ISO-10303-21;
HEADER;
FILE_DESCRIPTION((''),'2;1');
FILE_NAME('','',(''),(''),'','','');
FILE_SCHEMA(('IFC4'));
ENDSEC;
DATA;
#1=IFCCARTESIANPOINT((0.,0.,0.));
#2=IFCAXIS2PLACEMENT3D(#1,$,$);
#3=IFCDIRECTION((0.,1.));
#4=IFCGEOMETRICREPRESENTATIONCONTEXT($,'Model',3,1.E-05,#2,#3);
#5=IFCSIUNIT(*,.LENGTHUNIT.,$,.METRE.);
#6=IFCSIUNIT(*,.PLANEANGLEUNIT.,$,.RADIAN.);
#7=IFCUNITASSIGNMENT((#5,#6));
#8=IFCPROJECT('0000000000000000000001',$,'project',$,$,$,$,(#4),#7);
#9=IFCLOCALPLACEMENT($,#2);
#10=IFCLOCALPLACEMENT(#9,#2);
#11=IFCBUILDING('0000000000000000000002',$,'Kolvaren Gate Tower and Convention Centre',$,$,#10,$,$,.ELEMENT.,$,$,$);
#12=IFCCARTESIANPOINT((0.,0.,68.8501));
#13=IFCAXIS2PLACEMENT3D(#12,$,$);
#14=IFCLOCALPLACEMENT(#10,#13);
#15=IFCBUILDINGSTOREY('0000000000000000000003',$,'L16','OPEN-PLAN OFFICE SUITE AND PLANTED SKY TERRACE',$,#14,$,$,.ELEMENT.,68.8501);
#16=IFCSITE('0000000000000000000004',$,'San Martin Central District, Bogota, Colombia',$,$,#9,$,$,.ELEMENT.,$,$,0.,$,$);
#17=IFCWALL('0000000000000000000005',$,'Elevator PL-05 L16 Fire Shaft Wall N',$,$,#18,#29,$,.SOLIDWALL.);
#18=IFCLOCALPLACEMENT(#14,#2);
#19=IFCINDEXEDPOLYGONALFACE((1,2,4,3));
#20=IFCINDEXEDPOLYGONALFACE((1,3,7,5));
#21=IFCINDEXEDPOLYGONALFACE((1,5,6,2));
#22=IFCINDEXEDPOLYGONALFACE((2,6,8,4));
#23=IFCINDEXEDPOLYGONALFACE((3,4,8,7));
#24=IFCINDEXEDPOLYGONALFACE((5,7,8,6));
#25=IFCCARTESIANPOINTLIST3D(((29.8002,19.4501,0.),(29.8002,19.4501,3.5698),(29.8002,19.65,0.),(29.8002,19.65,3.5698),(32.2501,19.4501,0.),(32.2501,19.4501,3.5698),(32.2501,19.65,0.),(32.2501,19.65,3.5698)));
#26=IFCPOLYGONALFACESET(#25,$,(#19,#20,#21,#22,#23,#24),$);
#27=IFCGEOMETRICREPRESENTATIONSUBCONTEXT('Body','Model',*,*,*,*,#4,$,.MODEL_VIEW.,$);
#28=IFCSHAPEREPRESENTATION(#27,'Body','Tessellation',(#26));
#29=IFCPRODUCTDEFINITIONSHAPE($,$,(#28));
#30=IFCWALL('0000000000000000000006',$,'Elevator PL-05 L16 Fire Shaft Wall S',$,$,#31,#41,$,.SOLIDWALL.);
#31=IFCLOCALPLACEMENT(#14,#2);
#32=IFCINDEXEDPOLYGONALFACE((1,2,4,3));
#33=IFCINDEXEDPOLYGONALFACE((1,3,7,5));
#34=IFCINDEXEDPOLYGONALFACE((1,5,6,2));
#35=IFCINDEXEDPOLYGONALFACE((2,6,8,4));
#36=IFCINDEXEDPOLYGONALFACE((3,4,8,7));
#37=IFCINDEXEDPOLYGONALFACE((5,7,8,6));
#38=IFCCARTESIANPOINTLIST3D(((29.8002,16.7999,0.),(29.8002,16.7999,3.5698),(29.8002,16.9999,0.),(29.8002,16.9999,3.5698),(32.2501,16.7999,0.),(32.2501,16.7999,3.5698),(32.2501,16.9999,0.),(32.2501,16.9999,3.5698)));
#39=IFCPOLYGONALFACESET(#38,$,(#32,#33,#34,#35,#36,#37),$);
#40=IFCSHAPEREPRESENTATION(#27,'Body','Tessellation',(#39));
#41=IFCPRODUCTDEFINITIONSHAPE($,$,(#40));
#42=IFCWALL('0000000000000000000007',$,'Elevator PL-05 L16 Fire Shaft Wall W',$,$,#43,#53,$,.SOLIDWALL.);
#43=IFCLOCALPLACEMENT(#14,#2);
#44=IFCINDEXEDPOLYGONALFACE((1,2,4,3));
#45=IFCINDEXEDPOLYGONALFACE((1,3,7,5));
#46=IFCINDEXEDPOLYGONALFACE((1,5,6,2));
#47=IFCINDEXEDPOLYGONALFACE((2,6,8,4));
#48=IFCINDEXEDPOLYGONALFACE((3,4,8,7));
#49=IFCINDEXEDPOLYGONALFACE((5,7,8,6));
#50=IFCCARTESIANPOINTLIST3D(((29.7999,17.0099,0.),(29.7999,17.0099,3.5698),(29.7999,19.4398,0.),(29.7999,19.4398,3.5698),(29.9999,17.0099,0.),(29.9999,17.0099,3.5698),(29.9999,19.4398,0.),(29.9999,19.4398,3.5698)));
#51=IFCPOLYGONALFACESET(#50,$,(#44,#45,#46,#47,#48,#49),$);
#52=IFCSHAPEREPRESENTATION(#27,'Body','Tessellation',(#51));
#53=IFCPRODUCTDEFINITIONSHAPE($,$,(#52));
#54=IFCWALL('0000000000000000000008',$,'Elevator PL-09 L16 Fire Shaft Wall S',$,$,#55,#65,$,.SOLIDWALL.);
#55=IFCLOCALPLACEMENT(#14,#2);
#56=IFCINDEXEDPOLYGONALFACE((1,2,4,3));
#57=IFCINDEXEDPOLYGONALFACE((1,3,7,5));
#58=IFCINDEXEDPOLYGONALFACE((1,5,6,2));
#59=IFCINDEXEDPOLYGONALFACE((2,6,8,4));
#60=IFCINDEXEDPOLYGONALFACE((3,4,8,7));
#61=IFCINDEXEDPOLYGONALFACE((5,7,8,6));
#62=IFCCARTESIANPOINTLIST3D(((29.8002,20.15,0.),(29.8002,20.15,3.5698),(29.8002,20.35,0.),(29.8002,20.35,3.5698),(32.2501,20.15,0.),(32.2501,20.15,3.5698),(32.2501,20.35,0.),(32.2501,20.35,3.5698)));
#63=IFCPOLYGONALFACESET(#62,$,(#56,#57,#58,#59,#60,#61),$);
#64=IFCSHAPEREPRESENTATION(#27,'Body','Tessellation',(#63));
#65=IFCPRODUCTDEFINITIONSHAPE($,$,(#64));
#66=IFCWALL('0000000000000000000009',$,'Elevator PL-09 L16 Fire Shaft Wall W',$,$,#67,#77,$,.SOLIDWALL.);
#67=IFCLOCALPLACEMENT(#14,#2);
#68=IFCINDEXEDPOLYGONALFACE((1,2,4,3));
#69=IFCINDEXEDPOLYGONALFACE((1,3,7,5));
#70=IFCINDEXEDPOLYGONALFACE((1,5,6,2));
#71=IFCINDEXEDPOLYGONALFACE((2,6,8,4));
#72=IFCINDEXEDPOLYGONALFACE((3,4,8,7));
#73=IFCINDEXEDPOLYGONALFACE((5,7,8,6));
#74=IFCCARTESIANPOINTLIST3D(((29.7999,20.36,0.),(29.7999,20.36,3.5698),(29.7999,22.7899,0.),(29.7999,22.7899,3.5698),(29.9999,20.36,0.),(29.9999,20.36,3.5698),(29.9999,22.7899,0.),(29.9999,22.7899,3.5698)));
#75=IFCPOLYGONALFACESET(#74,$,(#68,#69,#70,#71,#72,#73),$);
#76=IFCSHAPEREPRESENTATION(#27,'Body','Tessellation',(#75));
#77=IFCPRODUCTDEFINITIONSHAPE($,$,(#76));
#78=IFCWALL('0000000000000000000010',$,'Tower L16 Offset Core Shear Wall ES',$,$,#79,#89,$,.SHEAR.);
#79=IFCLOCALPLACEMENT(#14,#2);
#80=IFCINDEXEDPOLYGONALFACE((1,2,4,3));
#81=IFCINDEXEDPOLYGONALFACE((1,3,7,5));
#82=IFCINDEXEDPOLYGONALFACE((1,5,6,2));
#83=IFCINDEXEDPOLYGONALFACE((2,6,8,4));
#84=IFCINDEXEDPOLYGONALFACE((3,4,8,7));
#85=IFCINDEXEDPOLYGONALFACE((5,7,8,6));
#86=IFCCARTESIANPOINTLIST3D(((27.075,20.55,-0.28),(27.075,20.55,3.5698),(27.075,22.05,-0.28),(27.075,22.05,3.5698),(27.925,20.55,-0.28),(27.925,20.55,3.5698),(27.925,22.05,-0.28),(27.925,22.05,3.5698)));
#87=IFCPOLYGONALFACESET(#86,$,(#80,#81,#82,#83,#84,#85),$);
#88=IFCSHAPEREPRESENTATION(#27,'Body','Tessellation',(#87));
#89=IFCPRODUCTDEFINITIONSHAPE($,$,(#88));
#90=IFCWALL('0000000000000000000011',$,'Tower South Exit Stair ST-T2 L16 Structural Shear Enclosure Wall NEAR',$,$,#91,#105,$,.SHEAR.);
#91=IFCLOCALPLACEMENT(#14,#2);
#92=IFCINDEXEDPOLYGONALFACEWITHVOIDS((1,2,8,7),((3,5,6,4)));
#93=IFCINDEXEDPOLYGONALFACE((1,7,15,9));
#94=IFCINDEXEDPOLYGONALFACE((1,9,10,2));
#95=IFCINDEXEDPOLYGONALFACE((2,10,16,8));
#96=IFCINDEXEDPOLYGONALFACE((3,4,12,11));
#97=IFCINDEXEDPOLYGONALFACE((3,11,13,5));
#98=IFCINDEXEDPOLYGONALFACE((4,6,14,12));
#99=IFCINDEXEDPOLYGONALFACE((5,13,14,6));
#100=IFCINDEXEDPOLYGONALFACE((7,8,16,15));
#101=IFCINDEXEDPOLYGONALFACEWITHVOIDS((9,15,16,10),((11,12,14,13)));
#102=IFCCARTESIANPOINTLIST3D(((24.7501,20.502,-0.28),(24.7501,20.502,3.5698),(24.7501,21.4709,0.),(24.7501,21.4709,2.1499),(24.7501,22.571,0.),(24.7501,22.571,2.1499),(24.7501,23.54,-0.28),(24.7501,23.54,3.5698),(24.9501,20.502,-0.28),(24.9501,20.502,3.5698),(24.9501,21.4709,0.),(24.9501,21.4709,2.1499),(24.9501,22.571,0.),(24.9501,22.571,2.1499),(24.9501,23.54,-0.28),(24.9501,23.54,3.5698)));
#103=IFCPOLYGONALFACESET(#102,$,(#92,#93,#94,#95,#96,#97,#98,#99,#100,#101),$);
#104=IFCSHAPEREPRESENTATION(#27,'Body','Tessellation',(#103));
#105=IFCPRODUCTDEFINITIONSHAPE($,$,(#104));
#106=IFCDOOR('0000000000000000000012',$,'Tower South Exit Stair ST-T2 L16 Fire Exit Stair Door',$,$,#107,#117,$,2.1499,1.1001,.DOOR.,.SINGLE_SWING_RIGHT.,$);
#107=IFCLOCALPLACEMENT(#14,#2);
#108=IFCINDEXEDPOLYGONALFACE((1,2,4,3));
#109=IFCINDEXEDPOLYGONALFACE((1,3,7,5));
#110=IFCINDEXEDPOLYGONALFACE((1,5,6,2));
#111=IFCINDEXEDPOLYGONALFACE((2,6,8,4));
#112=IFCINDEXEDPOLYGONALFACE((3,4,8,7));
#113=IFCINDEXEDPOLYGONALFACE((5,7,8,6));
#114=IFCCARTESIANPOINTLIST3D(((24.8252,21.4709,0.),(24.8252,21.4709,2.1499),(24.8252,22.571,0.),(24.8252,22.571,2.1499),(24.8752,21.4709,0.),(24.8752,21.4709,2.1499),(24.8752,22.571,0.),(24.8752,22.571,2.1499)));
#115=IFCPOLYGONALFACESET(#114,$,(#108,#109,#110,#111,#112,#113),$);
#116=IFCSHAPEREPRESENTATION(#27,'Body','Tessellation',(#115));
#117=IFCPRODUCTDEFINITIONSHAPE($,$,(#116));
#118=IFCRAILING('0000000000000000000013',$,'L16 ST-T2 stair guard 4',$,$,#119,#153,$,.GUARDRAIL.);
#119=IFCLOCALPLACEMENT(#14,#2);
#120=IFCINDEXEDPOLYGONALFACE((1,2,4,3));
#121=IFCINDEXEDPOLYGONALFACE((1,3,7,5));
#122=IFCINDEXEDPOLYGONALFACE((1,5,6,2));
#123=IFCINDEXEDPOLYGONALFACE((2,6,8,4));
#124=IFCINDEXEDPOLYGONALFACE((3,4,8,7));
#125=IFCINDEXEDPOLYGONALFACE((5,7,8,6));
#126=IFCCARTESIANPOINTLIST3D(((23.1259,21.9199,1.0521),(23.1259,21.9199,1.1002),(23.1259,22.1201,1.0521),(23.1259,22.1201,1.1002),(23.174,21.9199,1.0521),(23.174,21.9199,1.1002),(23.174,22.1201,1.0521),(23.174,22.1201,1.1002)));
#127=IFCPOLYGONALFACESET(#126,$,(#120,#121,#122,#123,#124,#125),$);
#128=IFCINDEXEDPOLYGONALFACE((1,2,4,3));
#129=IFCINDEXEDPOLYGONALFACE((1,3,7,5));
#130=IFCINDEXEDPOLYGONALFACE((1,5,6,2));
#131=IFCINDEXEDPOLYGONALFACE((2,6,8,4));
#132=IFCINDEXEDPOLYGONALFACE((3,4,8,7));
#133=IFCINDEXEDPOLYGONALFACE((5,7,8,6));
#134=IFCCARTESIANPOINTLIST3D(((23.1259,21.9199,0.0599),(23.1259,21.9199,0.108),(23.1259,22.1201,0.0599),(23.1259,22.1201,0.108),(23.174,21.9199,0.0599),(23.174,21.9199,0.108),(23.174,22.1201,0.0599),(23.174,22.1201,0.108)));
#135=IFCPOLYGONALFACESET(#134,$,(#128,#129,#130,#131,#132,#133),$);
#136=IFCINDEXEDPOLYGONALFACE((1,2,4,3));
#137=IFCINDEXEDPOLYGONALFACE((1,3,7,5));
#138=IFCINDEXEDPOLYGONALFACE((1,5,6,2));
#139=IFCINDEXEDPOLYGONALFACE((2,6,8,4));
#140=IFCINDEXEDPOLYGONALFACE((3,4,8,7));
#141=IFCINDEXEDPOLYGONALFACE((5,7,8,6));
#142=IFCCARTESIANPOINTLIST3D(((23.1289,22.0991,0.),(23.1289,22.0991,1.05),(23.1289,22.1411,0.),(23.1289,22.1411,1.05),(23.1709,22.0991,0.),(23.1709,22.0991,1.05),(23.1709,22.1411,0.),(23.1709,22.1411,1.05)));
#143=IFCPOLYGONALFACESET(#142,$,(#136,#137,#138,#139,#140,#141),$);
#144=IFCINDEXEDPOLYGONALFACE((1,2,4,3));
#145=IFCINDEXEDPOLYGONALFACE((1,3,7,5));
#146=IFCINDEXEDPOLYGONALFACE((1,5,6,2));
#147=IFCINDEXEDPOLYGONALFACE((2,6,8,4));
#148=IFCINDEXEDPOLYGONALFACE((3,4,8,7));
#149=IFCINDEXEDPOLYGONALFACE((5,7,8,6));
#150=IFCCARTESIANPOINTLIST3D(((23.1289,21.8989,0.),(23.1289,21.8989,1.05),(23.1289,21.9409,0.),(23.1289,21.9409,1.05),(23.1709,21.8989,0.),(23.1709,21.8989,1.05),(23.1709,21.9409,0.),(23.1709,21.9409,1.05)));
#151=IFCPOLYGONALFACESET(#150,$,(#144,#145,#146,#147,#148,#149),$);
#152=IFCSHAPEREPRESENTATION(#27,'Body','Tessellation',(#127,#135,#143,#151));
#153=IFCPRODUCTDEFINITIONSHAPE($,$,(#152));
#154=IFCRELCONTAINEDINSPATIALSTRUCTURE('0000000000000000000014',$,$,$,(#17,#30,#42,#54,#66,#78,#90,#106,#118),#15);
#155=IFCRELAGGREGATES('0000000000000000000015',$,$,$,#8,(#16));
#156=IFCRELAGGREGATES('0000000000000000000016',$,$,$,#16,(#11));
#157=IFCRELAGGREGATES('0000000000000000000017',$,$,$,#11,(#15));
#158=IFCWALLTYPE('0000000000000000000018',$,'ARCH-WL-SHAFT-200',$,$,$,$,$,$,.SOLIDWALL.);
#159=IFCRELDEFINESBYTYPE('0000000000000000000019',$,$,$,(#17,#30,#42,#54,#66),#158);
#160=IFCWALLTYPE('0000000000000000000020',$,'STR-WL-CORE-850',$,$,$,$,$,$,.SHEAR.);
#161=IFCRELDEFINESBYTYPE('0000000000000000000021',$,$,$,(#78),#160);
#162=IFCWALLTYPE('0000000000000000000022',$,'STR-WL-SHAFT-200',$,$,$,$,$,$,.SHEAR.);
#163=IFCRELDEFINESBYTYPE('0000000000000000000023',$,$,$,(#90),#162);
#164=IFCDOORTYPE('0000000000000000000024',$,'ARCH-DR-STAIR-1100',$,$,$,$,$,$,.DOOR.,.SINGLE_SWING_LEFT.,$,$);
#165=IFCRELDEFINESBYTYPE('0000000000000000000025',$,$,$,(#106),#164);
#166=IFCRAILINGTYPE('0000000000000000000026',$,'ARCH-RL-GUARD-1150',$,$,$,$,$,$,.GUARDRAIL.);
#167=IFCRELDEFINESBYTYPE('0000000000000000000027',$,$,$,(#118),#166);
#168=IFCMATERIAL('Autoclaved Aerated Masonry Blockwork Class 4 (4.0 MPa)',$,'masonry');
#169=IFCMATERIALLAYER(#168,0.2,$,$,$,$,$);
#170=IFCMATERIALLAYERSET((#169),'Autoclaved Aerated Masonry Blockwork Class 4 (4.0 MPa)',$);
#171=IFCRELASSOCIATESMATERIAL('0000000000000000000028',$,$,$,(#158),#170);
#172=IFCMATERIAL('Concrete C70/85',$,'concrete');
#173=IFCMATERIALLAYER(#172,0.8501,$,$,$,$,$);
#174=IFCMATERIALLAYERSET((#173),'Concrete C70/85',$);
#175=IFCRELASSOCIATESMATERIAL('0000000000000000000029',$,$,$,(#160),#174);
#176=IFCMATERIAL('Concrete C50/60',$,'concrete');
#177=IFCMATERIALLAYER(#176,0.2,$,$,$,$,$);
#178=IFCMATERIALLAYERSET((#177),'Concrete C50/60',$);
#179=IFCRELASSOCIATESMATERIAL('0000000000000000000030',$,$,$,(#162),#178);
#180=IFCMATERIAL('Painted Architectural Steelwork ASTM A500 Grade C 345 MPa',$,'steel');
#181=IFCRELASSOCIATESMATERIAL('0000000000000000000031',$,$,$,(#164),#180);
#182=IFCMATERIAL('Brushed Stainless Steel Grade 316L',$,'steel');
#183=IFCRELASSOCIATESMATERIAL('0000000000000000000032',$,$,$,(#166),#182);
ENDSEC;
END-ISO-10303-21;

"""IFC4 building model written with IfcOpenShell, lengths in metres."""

from ifc_helpers import new_model, si_unit, direction, frame, frame_2d, origin, origin_2d, place, context, subcontext, project, spatial, rectangle, extrude, material, layer, layer_set, type_object, element, fill, save


model = new_model("IFC4")

# Units and contexts
model_context = context("Model", 3, precision=1e-05, world=origin(), true_north=direction((0.0, 1.0)))
body_context = subcontext(model_context, "Body", "Model", "MODEL_VIEW")
ifc_project = project(units=[si_unit("LENGTHUNIT", "METRE"), si_unit("PLANEANGLEUNIT", "RADIAN")], contexts=[model_context])

# Site, building, storey
site_placement = place(None, origin())
site = spatial("IfcSite", under=ifc_project, at=site_placement, Name="San Martin Central District, Bogota, Colombia", CompositionType="ELEMENT", RefElevation=0.0)
building_placement = place(site_placement, origin())
building = spatial("IfcBuilding", under=site, at=building_placement, Name="Kolvaren Gate Tower and Convention Centre", CompositionType="ELEMENT")
storey_placement = place(building_placement, frame((0.0, 0.0, 68.8501)))
storey = spatial("IfcBuildingStorey", under=building, at=storey_placement, Name="L16", Description="OPEN-PLAN OFFICE SUITE AND PLANTED SKY TERRACE", CompositionType="ELEMENT", Elevation=68.8501)

# Shared definitions
ifc_material_1 = material(Name="Autoclaved Aerated Masonry Blockwork Class 4 (4.0 MPa)", Category="masonry")
ifc_material_2 = material(Name="Painted Architectural Steelwork ASTM A500 Grade C 345 MPa", Category="steel")

# Walls
ifc_layer_1 = layer(ifc_material_1, 0.2)
ifc_layer_set_1 = layer_set([ifc_layer_1], Name="Autoclaved Aerated Masonry Blockwork Class 4 (4.0 MPa)")
wall_type_1 = type_object("IfcWallType", Name="ARCH-WL-SHAFT-200", PredefinedType="SOLIDWALL", material=ifc_layer_set_1)
for number, where, z_axis, x_axis, name in (
    (1, (29.8, 19.55, 0.0), (0.0, 0.0, 1.0), (1.0, 0.0, 0.0), "Elevator PL-05 L16 Fire Shaft Wall N"),
    (2, (29.8, 16.8999, 0.0), (0.0, 0.0, 1.0), (1.0, 0.0, 0.0), "Elevator PL-05 L16 Fire Shaft Wall S"),
):
    element("IfcWall", number, at=place(storey_placement, frame(where, z_axis=z_axis, x_axis=x_axis)), inside=storey, type_object=wall_type_1, Name=name, PredefinedType="SOLIDWALL", context=body_context, shape_type="SweptSolid", body=[
        extrude(rectangle(XDim=2.45, YDim=0.2, at=frame_2d((1.2251, 0.0))), origin(), (0.0, 0.0, 1.0), 3.5698),
    ])
wall_1_placement = place(storey_placement, frame((29.8999, 17.01, 0.0), z_axis=(0.0, 0.0, 1.0), x_axis=(0.0, 1.0, 0.0)))
element("IfcWall", 3, at=wall_1_placement, inside=storey, type_object=wall_type_1, Name="Elevator PL-05 L16 Fire Shaft Wall W", PredefinedType="SOLIDWALL", context=body_context, shape_type="SweptSolid", body=[
    extrude(rectangle(XDim=2.4299, YDim=0.2, at=frame_2d((1.2148, 0.0))), origin(), (0.0, 0.0, 1.0), 3.5698),
])
wall_2_placement = place(storey_placement, frame((29.8, 20.25, 0.0), z_axis=(0.0, 0.0, 1.0), x_axis=(1.0, 0.0, 0.0)))
element("IfcWall", 4, at=wall_2_placement, inside=storey, type_object=wall_type_1, Name="Elevator PL-09 L16 Fire Shaft Wall S", PredefinedType="SOLIDWALL", context=body_context, shape_type="SweptSolid", body=[
    extrude(rectangle(XDim=2.45, YDim=0.2, at=frame_2d((1.2251, 0.0))), origin(), (0.0, 0.0, 1.0), 3.5698),
])
wall_3_placement = place(storey_placement, frame((29.8999, 20.3601, 0.0), z_axis=(0.0, 0.0, 1.0), x_axis=(0.0, 1.0, 0.0)))
element("IfcWall", 5, at=wall_3_placement, inside=storey, type_object=wall_type_1, Name="Elevator PL-09 L16 Fire Shaft Wall W", PredefinedType="SOLIDWALL", context=body_context, shape_type="SweptSolid", body=[
    extrude(rectangle(XDim=2.4299, YDim=0.2, at=frame_2d((1.2148, 0.0))), origin(), (0.0, 0.0, 1.0), 3.5698),
])
ifc_material_3 = material(Name="Concrete C70/85", Category="concrete")
ifc_layer_2 = layer(ifc_material_3, 0.8501)
ifc_layer_set_2 = layer_set([ifc_layer_2], Name="Concrete C70/85")
wall_type_2 = type_object("IfcWallType", Name="STR-WL-CORE-850", PredefinedType="SHEAR", material=ifc_layer_set_2)
wall_4_placement = place(storey_placement, frame((27.5, 20.55, -0.28), z_axis=(0.0, 0.0, 1.0), x_axis=(0.0, 1.0, 0.0)))
element("IfcWall", 6, at=wall_4_placement, inside=storey, type_object=wall_type_2, Name="Tower L16 Offset Core Shear Wall ES", PredefinedType="SHEAR", context=body_context, shape_type="SweptSolid", body=[
    extrude(rectangle(XDim=1.5, YDim=0.8501, at=frame_2d((0.75, 0.0))), origin(), (0.0, 0.0, 1.0), 3.8499),
])

# Wall, opening, door
ifc_material_4 = material(Name="Concrete C50/60", Category="concrete")
ifc_layer_3 = layer(ifc_material_4, 0.2)
ifc_layer_set_3 = layer_set([ifc_layer_3], Name="Concrete C50/60")
wall_type_3 = type_object("IfcWallType", Name="STR-WL-SHAFT-200", PredefinedType="SHEAR", material=ifc_layer_set_3)
wall_5_placement = place(storey_placement, frame((24.8501, 20.502, -0.28), z_axis=(0.0, 0.0, 1.0), x_axis=(0.0, 1.0, 0.0)))
wall_5 = element("IfcWall", 7, at=wall_5_placement, inside=storey, type_object=wall_type_3, Name="Tower South Exit Stair ST-T2 L16 Structural Shear Enclosure Wall NEAR", PredefinedType="SHEAR", context=body_context, shape_type="SweptSolid", body=[
    extrude(rectangle(XDim=3.0381, YDim=0.2, at=frame_2d((1.519, 0.0))), origin(), (0.0, 0.0, 1.0), 3.8499),
])
opening_1_placement = place(wall_5_placement, frame((0.969, 0.0, 0.28)))
opening_1 = element("IfcOpeningElement", 8, at=opening_1_placement, cuts=wall_5, PredefinedType="OPENING", context=body_context, shape_type="SweptSolid", body=[
    extrude(rectangle(XDim=1.1001, YDim=2.1499, at=frame_2d((0.55, 1.075))), frame((0.0, 0.1099, 0.0), z_axis=(0.0, -1.0, 0.0), x_axis=(1.0, 0.0, 0.0)), (0.0, 0.0, 1.0), 0.22),
])
door_type_1 = type_object("IfcDoorType", Name="ARCH-DR-STAIR-1100", OperationType="SINGLE_SWING_LEFT", PredefinedType="DOOR", material=ifc_material_2)
door_1_placement = place(opening_1_placement, origin())
door_1 = element("IfcDoor", 9, at=door_1_placement, inside=storey, type_object=door_type_1, Name="Tower South Exit Stair ST-T2 L16 Fire Exit Stair Door", OperationType="SINGLE_SWING_RIGHT", OverallHeight=2.1499, OverallWidth=1.1001, PredefinedType="DOOR", context=body_context, shape_type="SweptSolid", body=[
    extrude(rectangle(XDim=1.1001, YDim=2.1499, at=frame_2d((0.55, 1.075))), frame((0.0, 0.0249, 0.0), z_axis=(0.0, -1.0, 0.0), x_axis=(1.0, 0.0, 0.0)), (0.0, 0.0, 1.0), 0.05),
])
fill(opening_1, door_1)

# Railing
ifc_material_5 = material(Name="Brushed Stainless Steel Grade 316L", Category="steel")
railing_type = type_object("IfcRailingType", Name="ARCH-RL-GUARD-1150", PredefinedType="GUARDRAIL", material=ifc_material_5)
railing_placement = place(storey_placement, frame((23.1499, 22.1201, 0.0)))
element("IfcRailing", 10, at=railing_placement, inside=storey, type_object=railing_type, Name="L16 ST-T2 stair guard 4", PredefinedType="GUARDRAIL", context=body_context, shape_type="SweptSolid", body=[
    extrude(rectangle(XDim=0.0481, YDim=0.0481, at=origin_2d()), frame((0.0, 0.0, 1.0762), z_axis=(0.0, -1.0, 0.0), x_axis=(1.0, 0.0, 0.0)), (0.0, 0.0, 1.0), 0.2002),
    extrude(rectangle(XDim=0.0481, YDim=0.0481, at=origin_2d()), frame((0.0, 0.0, 0.084), z_axis=(0.0, -1.0, 0.0), x_axis=(1.0, 0.0, 0.0)), (0.0, 0.0, 1.0), 0.2002),
    extrude(rectangle(XDim=0.042, YDim=0.042, at=origin_2d()), origin(), (0.0, 0.0, 1.0), 1.05),
    extrude(rectangle(XDim=0.042, YDim=0.042, at=origin_2d()), frame((0.0, -0.2002, 0.0)), (0.0, 0.0, 1.0), 1.05),
])

save(model, "model.ifc")
